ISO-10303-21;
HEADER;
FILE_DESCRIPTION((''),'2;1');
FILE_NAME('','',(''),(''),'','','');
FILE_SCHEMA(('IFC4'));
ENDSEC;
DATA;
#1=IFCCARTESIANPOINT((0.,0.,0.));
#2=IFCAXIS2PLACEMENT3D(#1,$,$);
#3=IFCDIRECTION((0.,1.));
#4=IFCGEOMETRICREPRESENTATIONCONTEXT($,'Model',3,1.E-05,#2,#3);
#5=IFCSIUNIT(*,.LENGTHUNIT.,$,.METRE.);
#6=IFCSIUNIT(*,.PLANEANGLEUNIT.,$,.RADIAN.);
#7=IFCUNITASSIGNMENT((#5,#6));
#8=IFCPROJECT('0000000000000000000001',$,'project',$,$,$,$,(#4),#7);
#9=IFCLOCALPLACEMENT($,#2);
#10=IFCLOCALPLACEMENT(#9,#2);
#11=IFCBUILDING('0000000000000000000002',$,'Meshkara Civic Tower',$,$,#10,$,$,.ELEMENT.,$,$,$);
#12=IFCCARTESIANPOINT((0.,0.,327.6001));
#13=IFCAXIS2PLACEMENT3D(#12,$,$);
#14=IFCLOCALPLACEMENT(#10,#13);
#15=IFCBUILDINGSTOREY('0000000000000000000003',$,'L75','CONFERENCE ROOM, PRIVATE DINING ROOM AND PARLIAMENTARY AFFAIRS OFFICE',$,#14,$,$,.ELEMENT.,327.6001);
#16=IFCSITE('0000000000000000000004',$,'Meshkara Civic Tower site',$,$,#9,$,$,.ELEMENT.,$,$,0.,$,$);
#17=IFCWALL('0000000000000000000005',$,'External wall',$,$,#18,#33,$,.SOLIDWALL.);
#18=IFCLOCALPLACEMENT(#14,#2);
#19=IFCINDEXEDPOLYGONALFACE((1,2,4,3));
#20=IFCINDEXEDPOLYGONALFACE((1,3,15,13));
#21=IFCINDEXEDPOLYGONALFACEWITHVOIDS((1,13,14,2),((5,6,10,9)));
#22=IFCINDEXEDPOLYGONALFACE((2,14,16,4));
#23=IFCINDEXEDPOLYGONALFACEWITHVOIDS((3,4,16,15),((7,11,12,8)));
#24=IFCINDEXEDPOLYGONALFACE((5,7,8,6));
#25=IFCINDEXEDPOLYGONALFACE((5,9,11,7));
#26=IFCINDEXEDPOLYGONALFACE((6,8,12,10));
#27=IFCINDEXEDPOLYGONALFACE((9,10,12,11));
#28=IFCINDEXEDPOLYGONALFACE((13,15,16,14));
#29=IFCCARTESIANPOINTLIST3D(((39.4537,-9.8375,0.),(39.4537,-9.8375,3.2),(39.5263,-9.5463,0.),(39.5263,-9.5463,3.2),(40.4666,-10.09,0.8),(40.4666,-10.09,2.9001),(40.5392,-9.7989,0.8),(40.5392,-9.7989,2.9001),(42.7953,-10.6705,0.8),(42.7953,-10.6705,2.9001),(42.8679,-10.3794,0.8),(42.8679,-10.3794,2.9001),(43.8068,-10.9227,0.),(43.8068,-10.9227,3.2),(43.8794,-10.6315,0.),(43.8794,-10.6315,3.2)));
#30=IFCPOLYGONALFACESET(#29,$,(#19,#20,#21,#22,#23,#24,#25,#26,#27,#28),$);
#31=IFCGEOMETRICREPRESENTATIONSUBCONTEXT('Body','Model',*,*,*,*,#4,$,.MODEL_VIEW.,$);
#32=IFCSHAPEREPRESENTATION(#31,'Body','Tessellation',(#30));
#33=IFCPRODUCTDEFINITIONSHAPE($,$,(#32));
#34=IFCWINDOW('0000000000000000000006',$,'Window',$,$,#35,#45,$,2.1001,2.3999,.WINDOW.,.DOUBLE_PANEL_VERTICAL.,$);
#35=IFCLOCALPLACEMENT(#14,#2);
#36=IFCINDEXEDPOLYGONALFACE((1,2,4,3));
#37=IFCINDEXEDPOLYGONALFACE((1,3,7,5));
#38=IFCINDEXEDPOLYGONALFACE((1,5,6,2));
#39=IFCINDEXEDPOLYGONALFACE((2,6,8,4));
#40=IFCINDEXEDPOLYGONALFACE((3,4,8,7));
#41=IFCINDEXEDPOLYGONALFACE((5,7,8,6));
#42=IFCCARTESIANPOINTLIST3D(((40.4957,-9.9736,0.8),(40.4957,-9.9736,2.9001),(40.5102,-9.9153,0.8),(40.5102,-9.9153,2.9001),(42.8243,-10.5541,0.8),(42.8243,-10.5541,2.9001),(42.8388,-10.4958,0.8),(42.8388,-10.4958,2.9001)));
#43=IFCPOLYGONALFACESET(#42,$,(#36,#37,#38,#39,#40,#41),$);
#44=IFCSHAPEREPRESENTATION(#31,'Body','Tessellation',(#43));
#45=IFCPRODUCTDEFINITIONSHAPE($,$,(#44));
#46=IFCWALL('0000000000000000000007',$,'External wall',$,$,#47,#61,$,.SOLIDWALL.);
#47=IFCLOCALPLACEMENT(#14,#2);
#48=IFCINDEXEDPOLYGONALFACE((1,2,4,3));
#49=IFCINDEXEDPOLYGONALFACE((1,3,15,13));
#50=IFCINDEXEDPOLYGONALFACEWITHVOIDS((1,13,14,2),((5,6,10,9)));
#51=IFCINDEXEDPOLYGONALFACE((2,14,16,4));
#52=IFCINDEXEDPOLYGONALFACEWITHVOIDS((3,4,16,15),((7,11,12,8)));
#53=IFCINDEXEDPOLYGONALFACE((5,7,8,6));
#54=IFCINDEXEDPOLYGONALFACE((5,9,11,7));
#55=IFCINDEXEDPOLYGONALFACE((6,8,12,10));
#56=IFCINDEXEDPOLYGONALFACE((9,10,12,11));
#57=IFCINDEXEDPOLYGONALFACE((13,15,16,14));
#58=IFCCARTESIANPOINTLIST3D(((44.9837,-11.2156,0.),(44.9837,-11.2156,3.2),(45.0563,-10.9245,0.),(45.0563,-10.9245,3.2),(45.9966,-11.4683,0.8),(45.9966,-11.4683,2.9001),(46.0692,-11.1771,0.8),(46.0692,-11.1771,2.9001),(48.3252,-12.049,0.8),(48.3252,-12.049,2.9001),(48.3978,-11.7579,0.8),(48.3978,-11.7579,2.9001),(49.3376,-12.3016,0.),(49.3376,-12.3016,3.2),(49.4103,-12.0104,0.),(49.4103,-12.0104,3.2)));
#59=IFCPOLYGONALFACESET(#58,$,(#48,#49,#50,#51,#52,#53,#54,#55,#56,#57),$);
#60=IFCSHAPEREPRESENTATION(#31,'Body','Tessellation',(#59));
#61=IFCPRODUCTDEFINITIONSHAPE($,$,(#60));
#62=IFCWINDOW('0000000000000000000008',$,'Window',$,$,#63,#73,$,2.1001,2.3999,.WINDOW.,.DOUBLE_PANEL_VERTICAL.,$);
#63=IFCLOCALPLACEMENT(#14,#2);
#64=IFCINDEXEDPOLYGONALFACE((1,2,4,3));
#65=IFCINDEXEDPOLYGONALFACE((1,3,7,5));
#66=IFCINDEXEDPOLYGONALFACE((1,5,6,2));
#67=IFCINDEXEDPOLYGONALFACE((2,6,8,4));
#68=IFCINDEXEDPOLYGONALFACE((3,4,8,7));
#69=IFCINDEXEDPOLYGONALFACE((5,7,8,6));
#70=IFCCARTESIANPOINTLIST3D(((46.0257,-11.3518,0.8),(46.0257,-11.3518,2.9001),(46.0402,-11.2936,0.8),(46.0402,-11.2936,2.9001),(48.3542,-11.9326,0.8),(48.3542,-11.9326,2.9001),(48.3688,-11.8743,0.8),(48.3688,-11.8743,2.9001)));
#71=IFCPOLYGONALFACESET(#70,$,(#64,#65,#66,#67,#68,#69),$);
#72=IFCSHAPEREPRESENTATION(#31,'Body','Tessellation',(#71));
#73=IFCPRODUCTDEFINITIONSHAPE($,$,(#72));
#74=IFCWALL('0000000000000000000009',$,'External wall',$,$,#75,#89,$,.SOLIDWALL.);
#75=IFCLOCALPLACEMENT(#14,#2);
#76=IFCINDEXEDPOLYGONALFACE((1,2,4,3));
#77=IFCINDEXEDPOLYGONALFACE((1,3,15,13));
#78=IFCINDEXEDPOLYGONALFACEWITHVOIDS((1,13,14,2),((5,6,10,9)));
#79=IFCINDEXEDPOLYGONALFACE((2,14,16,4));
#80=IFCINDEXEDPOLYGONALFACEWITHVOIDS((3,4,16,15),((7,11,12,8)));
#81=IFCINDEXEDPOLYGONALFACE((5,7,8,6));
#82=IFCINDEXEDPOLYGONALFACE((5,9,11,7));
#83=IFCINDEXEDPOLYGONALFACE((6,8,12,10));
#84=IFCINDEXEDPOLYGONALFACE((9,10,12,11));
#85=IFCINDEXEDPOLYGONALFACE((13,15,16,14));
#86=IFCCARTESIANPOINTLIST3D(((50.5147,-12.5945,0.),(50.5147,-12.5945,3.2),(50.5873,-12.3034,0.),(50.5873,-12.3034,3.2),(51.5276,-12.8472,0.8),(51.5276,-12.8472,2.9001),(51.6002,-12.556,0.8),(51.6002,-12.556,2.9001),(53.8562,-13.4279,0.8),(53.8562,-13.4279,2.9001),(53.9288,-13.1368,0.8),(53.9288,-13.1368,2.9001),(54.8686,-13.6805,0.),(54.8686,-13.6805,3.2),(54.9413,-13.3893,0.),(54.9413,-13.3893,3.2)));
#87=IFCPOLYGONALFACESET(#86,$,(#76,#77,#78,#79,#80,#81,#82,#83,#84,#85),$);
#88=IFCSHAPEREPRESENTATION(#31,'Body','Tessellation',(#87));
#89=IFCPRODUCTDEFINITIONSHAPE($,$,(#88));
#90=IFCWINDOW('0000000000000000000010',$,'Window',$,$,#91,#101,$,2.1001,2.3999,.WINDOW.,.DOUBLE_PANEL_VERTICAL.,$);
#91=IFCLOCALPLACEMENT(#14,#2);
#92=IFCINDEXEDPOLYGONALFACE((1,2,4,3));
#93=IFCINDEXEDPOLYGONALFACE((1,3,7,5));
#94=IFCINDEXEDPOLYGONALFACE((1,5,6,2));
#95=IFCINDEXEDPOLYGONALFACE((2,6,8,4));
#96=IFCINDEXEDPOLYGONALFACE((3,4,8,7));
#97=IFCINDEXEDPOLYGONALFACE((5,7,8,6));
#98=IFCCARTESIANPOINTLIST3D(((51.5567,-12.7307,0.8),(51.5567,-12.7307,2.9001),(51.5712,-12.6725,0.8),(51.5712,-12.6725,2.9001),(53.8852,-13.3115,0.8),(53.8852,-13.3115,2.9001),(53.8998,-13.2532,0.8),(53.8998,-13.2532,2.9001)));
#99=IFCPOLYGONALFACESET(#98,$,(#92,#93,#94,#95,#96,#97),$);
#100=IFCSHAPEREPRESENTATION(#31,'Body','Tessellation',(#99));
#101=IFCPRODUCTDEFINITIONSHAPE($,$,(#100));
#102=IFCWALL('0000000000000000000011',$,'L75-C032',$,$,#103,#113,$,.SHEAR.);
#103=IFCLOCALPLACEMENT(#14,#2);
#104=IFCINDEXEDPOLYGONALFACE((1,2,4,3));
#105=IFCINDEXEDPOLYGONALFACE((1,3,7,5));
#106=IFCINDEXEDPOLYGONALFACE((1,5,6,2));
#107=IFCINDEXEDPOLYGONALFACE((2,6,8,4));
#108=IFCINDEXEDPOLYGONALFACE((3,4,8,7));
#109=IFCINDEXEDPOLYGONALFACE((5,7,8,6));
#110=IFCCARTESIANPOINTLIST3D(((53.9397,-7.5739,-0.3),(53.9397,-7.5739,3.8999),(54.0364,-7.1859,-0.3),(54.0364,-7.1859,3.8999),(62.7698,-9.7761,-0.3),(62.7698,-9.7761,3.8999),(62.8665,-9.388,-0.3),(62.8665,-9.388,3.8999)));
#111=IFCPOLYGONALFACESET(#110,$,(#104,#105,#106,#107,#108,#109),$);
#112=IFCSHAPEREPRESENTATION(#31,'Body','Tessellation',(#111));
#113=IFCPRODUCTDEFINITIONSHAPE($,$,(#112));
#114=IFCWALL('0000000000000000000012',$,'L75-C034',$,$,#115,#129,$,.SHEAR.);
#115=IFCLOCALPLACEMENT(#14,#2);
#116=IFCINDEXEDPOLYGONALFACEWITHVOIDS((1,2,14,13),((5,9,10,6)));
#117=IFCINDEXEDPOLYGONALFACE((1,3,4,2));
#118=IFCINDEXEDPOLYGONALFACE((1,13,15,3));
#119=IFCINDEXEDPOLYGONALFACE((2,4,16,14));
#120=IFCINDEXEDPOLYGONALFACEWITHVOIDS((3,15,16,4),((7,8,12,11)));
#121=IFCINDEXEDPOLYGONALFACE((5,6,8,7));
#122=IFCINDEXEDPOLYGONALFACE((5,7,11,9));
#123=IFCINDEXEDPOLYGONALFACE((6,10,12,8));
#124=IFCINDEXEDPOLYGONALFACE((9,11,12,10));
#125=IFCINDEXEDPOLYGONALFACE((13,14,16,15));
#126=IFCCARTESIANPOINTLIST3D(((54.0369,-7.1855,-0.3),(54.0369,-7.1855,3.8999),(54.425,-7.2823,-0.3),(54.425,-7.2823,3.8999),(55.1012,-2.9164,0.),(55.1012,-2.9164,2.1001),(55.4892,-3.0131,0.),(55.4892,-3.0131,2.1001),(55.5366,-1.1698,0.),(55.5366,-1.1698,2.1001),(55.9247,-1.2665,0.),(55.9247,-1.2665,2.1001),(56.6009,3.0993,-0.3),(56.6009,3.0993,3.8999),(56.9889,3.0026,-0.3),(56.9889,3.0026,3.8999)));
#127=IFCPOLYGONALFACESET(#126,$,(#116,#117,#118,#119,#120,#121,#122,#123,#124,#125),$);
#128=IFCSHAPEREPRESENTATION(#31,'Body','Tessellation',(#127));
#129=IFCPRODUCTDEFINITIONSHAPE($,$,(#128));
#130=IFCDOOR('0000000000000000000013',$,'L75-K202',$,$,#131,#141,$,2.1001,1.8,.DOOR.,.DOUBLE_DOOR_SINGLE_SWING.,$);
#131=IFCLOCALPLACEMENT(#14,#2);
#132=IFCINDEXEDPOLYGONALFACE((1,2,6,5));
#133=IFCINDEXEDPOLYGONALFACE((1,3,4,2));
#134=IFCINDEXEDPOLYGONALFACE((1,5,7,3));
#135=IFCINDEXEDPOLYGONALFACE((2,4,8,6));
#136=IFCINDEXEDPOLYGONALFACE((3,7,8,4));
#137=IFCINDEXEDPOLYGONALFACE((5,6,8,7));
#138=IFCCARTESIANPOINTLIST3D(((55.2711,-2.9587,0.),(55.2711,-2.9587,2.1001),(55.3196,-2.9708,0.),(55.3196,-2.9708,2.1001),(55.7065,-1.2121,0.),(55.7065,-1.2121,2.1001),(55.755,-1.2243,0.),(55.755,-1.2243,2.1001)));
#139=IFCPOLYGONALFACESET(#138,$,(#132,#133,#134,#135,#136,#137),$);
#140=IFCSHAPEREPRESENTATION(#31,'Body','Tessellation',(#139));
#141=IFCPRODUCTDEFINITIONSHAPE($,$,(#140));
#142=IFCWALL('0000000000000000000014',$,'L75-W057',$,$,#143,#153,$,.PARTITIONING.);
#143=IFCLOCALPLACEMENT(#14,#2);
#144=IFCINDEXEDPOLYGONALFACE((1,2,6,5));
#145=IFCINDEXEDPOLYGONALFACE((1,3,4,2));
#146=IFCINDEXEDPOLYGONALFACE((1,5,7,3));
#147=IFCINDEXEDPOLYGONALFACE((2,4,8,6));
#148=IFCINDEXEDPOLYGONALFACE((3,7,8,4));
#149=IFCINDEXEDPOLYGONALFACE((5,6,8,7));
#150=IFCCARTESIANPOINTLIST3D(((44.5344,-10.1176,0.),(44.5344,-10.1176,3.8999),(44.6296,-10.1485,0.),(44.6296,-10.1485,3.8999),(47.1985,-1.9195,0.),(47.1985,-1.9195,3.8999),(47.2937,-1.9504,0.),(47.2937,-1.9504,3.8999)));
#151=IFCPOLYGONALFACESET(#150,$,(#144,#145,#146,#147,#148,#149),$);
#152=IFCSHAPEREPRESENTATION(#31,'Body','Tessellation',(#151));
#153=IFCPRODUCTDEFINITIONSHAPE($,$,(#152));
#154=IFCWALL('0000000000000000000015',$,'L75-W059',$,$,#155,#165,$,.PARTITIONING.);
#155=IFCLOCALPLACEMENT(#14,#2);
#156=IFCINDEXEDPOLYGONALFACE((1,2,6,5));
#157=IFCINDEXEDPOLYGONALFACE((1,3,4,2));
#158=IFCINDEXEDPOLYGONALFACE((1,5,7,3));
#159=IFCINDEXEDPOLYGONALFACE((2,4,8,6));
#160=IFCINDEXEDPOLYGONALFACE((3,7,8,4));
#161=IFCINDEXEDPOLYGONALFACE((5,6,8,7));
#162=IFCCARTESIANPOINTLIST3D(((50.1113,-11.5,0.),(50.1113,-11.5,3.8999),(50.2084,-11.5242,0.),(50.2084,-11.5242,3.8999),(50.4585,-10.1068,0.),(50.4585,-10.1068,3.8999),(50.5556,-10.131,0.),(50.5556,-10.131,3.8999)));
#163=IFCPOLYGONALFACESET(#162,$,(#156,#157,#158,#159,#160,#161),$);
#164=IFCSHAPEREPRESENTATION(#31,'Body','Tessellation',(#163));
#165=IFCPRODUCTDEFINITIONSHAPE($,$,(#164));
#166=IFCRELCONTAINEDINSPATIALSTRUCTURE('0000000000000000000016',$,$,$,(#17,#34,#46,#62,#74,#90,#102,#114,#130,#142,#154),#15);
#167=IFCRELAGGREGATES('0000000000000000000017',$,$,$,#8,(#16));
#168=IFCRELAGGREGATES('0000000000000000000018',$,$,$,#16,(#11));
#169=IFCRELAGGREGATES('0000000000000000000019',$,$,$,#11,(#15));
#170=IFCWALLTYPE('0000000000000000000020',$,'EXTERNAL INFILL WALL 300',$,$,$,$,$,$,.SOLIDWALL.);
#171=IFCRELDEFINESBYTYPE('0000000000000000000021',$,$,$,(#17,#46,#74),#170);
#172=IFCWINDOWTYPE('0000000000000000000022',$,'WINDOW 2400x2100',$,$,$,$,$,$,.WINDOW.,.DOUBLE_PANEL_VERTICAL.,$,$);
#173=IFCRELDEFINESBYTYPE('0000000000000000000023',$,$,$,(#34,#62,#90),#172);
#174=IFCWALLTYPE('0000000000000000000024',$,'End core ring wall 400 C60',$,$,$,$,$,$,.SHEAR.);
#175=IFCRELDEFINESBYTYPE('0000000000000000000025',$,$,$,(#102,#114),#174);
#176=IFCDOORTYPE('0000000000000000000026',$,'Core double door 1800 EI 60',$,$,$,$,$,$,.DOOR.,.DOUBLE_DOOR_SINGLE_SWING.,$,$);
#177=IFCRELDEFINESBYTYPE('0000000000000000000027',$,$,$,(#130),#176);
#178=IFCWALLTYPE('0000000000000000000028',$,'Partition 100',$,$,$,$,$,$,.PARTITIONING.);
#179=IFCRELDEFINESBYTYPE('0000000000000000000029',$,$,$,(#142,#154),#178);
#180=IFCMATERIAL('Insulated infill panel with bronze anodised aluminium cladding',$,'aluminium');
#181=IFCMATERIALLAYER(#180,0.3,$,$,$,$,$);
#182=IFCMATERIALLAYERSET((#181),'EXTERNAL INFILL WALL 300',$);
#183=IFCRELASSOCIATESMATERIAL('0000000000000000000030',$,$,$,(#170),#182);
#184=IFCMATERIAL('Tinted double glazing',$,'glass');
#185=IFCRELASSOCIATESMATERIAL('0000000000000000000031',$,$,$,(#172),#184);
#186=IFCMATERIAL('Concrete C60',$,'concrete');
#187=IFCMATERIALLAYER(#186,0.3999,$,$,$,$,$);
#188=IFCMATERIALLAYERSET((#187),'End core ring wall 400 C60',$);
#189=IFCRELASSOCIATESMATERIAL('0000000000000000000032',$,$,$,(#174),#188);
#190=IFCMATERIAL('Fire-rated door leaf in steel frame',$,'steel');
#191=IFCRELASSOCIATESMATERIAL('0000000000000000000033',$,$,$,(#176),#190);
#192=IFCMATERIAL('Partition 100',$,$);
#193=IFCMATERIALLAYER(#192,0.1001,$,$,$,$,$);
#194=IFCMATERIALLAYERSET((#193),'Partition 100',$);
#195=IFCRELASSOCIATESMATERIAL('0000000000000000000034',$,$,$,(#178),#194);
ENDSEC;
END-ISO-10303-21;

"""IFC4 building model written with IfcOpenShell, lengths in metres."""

from ifc_helpers import new_model, si_unit, direction, frame, frame_2d, origin, place, context, subcontext, project, spatial, rectangle, extrude, material, layer, layer_set, type_object, element, fill, save


model = new_model("IFC4")

# Units and contexts
model_context = context("Model", 3, precision=1e-05, world=origin(), true_north=direction((0.0, 1.0)))
body_context = subcontext(model_context, "Body", "Model", "MODEL_VIEW")
ifc_project = project(units=[si_unit("LENGTHUNIT", "METRE"), si_unit("PLANEANGLEUNIT", "RADIAN")], contexts=[model_context])

# Site, building, storey
site_placement = place(None, origin())
site = spatial("IfcSite", under=ifc_project, at=site_placement, Name="Meshkara Civic Tower site", CompositionType="ELEMENT", RefElevation=0.0)
building_placement = place(site_placement, origin())
building = spatial("IfcBuilding", under=site, at=building_placement, Name="Meshkara Civic Tower", CompositionType="ELEMENT")
storey_placement = place(building_placement, frame((0.0, 0.0, 327.6001)))
storey = spatial("IfcBuildingStorey", under=building, at=storey_placement, Name="L75", Description="CONFERENCE ROOM, PRIVATE DINING ROOM AND PARLIAMENTARY AFFAIRS OFFICE", CompositionType="ELEMENT", Elevation=327.6001)

# Walls, openings, windows
ifc_material_1 = material(Name="Insulated infill panel with bronze anodised aluminium cladding", Category="aluminium")
ifc_layer_1 = layer(ifc_material_1, 0.3)
ifc_layer_set_1 = layer_set([ifc_layer_1], Name="EXTERNAL INFILL WALL 300")
wall_type_1 = type_object("IfcWallType", Name="EXTERNAL INFILL WALL 300", PredefinedType="SOLIDWALL", material=ifc_layer_set_1)
wall_1_placement = place(storey_placement, frame((39.49, -9.6919, 0.0), z_axis=(0.0, 0.0, 1.0), x_axis=(0.970302, -0.241895, 0.0)))
wall_1 = element("IfcWall", 1, at=wall_1_placement, inside=storey, type_object=wall_type_1, Name="External wall", PredefinedType="SOLIDWALL", context=body_context, shape_type="SweptSolid", body=[
    extrude(rectangle(XDim=4.4863, YDim=0.3, at=frame_2d((2.2432, 0.0))), origin(), (0.0, 0.0, 1.0), 3.2),
])
opening_1_placement = place(wall_1_placement, frame((1.0439, 0.0, 0.8)))
opening_1 = element("IfcOpeningElement", 2, at=opening_1_placement, cuts=wall_1, PredefinedType="OPENING", context=body_context, shape_type="SweptSolid", body=[
    extrude(rectangle(XDim=2.3999, YDim=2.1001, at=frame_2d((1.2, 1.05))), frame((0.0, 0.1599, 0.0), z_axis=(0.0, -1.0, 0.0), x_axis=(1.0, 0.0, 0.0)), (0.0, 0.0, 1.0), 0.3201),
])
ifc_material_2 = material(Name="Tinted double glazing", Category="glass")
window_type = type_object("IfcWindowType", Name="WINDOW 2400x2100", PartitioningType="DOUBLE_PANEL_VERTICAL", PredefinedType="WINDOW", material=ifc_material_2)
window_1_placement = place(opening_1_placement, origin())
window_1 = element("IfcWindow", 3, at=window_1_placement, inside=storey, type_object=window_type, Name="Window", OverallHeight=2.1001, OverallWidth=2.3999, PartitioningType="DOUBLE_PANEL_VERTICAL", PredefinedType="WINDOW", context=body_context, shape_type="SweptSolid", body=[
    extrude(rectangle(XDim=2.3999, YDim=2.1001, at=frame_2d((1.2, 1.05))), frame((0.0, 0.03, 0.0), z_axis=(0.0, -1.0, 0.0), x_axis=(1.0, 0.0, 0.0)), (0.0, 0.0, 1.0), 0.0601),
])
fill(opening_1, window_1)
wall_2_placement = place(storey_placement, frame((45.02, -11.0701, 0.0), z_axis=(0.0, 0.0, 1.0), x_axis=(0.970277, -0.241998, 0.0)))
wall_2 = element("IfcWall", 4, at=wall_2_placement, inside=storey, type_object=wall_type_1, Name="External wall", PredefinedType="SOLIDWALL", context=body_context, shape_type="SweptSolid", body=[
    extrude(rectangle(XDim=4.4873, YDim=0.3, at=frame_2d((2.2437, 0.0))), origin(), (0.0, 0.0, 1.0), 3.2),
])
opening_2_placement = place(wall_2_placement, frame((1.0439, 0.0, 0.8)))
opening_2 = element("IfcOpeningElement", 5, at=opening_2_placement, cuts=wall_2, PredefinedType="OPENING", context=body_context, shape_type="SweptSolid", body=[
    extrude(rectangle(XDim=2.3999, YDim=2.1001, at=frame_2d((1.2, 1.05))), frame((0.0, 0.1599, 0.0), z_axis=(0.0, -1.0, 0.0), x_axis=(1.0, 0.0, 0.0)), (0.0, 0.0, 1.0), 0.3201),
])
window_2_placement = place(opening_2_placement, origin())
window_2 = element("IfcWindow", 6, at=window_2_placement, inside=storey, type_object=window_type, Name="Window", OverallHeight=2.1001, OverallWidth=2.3999, PartitioningType="DOUBLE_PANEL_VERTICAL", PredefinedType="WINDOW", context=body_context, shape_type="SweptSolid", body=[
    extrude(rectangle(XDim=2.3999, YDim=2.1001, at=frame_2d((1.2, 1.05))), frame((0.0, 0.03, 0.0), z_axis=(0.0, -1.0, 0.0), x_axis=(1.0, 0.0, 0.0)), (0.0, 0.0, 1.0), 0.0601),
])
fill(opening_2, window_2)
wall_3_placement = place(storey_placement, frame((50.551, -12.449, 0.0), z_axis=(0.0, 0.0, 1.0), x_axis=(0.970277, -0.241998, 0.0)))
wall_3 = element("IfcWall", 7, at=wall_3_placement, inside=storey, type_object=wall_type_1, Name="External wall", PredefinedType="SOLIDWALL", context=body_context, shape_type="SweptSolid", body=[
    extrude(rectangle(XDim=4.4873, YDim=0.3, at=frame_2d((2.2437, 0.0))), origin(), (0.0, 0.0, 1.0), 3.2),
])
opening_3_placement = place(wall_3_placement, frame((1.0439, 0.0, 0.8)))
opening_3 = element("IfcOpeningElement", 8, at=opening_3_placement, cuts=wall_3, PredefinedType="OPENING", context=body_context, shape_type="SweptSolid", body=[
    extrude(rectangle(XDim=2.3999, YDim=2.1001, at=frame_2d((1.2, 1.05))), frame((0.0, 0.1599, 0.0), z_axis=(0.0, -1.0, 0.0), x_axis=(1.0, 0.0, 0.0)), (0.0, 0.0, 1.0), 0.3201),
])
window_3_placement = place(opening_3_placement, origin())
window_3 = element("IfcWindow", 9, at=window_3_placement, inside=storey, type_object=window_type, Name="Window", OverallHeight=2.1001, OverallWidth=2.3999, PartitioningType="DOUBLE_PANEL_VERTICAL", PredefinedType="WINDOW", context=body_context, shape_type="SweptSolid", body=[
    extrude(rectangle(XDim=2.3999, YDim=2.1001, at=frame_2d((1.2, 1.05))), frame((0.0, 0.03, 0.0), z_axis=(0.0, -1.0, 0.0), x_axis=(1.0, 0.0, 0.0)), (0.0, 0.0, 1.0), 0.0601),
])
fill(opening_3, window_3)

# Wall
ifc_material_3 = material(Name="Concrete C60", Category="concrete")
ifc_layer_2 = layer(ifc_material_3, 0.3999)
ifc_layer_set_2 = layer_set([ifc_layer_2], Name="End core ring wall 400 C60")
wall_type_2 = type_object("IfcWallType", Name="End core ring wall 400 C60", PredefinedType="SHEAR", material=ifc_layer_set_2)
wall_4_placement = place(storey_placement, frame((53.988, -7.3799, -0.3), z_axis=(0.0, 0.0, 1.0), x_axis=(0.970281, -0.24198, 0.0)))
element("IfcWall", 10, at=wall_4_placement, inside=storey, type_object=wall_type_2, Name="L75-C032", PredefinedType="SHEAR", context=body_context, shape_type="SweptSolid", body=[
    extrude(rectangle(XDim=9.1006, YDim=0.3999, at=frame_2d((4.5503, 0.0))), origin(), (0.0, 0.0, 1.0), 4.2),
])

# Wall, opening, door
wall_5_placement = place(storey_placement, frame((54.231, -7.2339, -0.3), z_axis=(0.0, 0.0, 1.0), x_axis=(0.241891, 0.970304, 0.0)))
wall_5 = element("IfcWall", 11, at=wall_5_placement, inside=storey, type_object=wall_type_2, Name="L75-C034", PredefinedType="SHEAR", context=body_context, shape_type="SweptSolid", body=[
    extrude(rectangle(XDim=10.5996, YDim=0.3999, at=frame_2d((5.2998, 0.0))), origin(), (0.0, 0.0, 1.0), 4.2),
])
opening_4_placement = place(wall_5_placement, frame((4.3999, 0.0, 0.3)))
opening_4 = element("IfcOpeningElement", 12, at=opening_4_placement, cuts=wall_5, PredefinedType="OPENING", context=body_context, shape_type="SweptSolid", body=[
    extrude(rectangle(XDim=1.8, YDim=2.1001, at=frame_2d((0.8999, 1.05))), frame((0.0, 0.21, 0.0), z_axis=(0.0, -1.0, 0.0), x_axis=(1.0, 0.0, 0.0)), (0.0, 0.0, 1.0), 0.4199),
])
ifc_material_4 = material(Name="Fire-rated door leaf in steel frame", Category="steel")
door_type_1 = type_object("IfcDoorType", Name="Core double door 1800 EI 60", OperationType="DOUBLE_DOOR_SINGLE_SWING", PredefinedType="DOOR", material=ifc_material_4)
door_1_placement = place(opening_4_placement, origin())
door_1 = element("IfcDoor", 13, at=door_1_placement, inside=storey, type_object=door_type_1, Name="L75-K202", OperationType="DOUBLE_DOOR_SINGLE_SWING", OverallHeight=2.1001, OverallWidth=1.8, PredefinedType="DOOR", context=body_context, shape_type="SweptSolid", body=[
    extrude(rectangle(XDim=1.8, YDim=2.1001, at=frame_2d((0.8999, 1.05))), frame((0.0, 0.0249, 0.0), z_axis=(0.0, -1.0, 0.0), x_axis=(1.0, 0.0, 0.0)), (0.0, 0.0, 1.0), 0.05),
])
fill(opening_4, door_1)

# Walls
ifc_material_5 = material(Name="Partition 100")
ifc_layer_3 = layer(ifc_material_5, 0.1001)
ifc_layer_set_3 = layer_set([ifc_layer_3], Name="Partition 100")
wall_type_3 = type_object("IfcWallType", Name="Partition 100", PredefinedType="PARTITIONING", material=ifc_layer_set_3)
wall_6_placement = place(storey_placement, frame((44.582, -10.1331, 0.0), z_axis=(0.0, 0.0, 1.0), x_axis=(0.309056, 0.951044, 0.0)))
element("IfcWall", 14, at=wall_6_placement, inside=storey, type_object=wall_type_3, Name="L75-W057", PredefinedType="PARTITIONING", context=body_context, shape_type="SweptSolid", body=[
    extrude(rectangle(XDim=8.6201, YDim=0.1001, at=frame_2d((4.3101, 0.0))), origin(), (0.0, 0.0, 1.0), 3.8999),
])
wall_7_placement = place(storey_placement, frame((50.1599, -11.512, 0.0), z_axis=(0.0, 0.0, 1.0), x_axis=(0.241815, 0.970322, 0.0)))
element("IfcWall", 15, at=wall_7_placement, inside=storey, type_object=wall_type_3, Name="L75-W059", PredefinedType="PARTITIONING", context=body_context, shape_type="SweptSolid", body=[
    extrude(rectangle(XDim=1.4358, YDim=0.1001, at=frame_2d((0.7178, 0.0))), origin(), (0.0, 0.0, 1.0), 3.8999),
])

save(model, "model.ifc")
